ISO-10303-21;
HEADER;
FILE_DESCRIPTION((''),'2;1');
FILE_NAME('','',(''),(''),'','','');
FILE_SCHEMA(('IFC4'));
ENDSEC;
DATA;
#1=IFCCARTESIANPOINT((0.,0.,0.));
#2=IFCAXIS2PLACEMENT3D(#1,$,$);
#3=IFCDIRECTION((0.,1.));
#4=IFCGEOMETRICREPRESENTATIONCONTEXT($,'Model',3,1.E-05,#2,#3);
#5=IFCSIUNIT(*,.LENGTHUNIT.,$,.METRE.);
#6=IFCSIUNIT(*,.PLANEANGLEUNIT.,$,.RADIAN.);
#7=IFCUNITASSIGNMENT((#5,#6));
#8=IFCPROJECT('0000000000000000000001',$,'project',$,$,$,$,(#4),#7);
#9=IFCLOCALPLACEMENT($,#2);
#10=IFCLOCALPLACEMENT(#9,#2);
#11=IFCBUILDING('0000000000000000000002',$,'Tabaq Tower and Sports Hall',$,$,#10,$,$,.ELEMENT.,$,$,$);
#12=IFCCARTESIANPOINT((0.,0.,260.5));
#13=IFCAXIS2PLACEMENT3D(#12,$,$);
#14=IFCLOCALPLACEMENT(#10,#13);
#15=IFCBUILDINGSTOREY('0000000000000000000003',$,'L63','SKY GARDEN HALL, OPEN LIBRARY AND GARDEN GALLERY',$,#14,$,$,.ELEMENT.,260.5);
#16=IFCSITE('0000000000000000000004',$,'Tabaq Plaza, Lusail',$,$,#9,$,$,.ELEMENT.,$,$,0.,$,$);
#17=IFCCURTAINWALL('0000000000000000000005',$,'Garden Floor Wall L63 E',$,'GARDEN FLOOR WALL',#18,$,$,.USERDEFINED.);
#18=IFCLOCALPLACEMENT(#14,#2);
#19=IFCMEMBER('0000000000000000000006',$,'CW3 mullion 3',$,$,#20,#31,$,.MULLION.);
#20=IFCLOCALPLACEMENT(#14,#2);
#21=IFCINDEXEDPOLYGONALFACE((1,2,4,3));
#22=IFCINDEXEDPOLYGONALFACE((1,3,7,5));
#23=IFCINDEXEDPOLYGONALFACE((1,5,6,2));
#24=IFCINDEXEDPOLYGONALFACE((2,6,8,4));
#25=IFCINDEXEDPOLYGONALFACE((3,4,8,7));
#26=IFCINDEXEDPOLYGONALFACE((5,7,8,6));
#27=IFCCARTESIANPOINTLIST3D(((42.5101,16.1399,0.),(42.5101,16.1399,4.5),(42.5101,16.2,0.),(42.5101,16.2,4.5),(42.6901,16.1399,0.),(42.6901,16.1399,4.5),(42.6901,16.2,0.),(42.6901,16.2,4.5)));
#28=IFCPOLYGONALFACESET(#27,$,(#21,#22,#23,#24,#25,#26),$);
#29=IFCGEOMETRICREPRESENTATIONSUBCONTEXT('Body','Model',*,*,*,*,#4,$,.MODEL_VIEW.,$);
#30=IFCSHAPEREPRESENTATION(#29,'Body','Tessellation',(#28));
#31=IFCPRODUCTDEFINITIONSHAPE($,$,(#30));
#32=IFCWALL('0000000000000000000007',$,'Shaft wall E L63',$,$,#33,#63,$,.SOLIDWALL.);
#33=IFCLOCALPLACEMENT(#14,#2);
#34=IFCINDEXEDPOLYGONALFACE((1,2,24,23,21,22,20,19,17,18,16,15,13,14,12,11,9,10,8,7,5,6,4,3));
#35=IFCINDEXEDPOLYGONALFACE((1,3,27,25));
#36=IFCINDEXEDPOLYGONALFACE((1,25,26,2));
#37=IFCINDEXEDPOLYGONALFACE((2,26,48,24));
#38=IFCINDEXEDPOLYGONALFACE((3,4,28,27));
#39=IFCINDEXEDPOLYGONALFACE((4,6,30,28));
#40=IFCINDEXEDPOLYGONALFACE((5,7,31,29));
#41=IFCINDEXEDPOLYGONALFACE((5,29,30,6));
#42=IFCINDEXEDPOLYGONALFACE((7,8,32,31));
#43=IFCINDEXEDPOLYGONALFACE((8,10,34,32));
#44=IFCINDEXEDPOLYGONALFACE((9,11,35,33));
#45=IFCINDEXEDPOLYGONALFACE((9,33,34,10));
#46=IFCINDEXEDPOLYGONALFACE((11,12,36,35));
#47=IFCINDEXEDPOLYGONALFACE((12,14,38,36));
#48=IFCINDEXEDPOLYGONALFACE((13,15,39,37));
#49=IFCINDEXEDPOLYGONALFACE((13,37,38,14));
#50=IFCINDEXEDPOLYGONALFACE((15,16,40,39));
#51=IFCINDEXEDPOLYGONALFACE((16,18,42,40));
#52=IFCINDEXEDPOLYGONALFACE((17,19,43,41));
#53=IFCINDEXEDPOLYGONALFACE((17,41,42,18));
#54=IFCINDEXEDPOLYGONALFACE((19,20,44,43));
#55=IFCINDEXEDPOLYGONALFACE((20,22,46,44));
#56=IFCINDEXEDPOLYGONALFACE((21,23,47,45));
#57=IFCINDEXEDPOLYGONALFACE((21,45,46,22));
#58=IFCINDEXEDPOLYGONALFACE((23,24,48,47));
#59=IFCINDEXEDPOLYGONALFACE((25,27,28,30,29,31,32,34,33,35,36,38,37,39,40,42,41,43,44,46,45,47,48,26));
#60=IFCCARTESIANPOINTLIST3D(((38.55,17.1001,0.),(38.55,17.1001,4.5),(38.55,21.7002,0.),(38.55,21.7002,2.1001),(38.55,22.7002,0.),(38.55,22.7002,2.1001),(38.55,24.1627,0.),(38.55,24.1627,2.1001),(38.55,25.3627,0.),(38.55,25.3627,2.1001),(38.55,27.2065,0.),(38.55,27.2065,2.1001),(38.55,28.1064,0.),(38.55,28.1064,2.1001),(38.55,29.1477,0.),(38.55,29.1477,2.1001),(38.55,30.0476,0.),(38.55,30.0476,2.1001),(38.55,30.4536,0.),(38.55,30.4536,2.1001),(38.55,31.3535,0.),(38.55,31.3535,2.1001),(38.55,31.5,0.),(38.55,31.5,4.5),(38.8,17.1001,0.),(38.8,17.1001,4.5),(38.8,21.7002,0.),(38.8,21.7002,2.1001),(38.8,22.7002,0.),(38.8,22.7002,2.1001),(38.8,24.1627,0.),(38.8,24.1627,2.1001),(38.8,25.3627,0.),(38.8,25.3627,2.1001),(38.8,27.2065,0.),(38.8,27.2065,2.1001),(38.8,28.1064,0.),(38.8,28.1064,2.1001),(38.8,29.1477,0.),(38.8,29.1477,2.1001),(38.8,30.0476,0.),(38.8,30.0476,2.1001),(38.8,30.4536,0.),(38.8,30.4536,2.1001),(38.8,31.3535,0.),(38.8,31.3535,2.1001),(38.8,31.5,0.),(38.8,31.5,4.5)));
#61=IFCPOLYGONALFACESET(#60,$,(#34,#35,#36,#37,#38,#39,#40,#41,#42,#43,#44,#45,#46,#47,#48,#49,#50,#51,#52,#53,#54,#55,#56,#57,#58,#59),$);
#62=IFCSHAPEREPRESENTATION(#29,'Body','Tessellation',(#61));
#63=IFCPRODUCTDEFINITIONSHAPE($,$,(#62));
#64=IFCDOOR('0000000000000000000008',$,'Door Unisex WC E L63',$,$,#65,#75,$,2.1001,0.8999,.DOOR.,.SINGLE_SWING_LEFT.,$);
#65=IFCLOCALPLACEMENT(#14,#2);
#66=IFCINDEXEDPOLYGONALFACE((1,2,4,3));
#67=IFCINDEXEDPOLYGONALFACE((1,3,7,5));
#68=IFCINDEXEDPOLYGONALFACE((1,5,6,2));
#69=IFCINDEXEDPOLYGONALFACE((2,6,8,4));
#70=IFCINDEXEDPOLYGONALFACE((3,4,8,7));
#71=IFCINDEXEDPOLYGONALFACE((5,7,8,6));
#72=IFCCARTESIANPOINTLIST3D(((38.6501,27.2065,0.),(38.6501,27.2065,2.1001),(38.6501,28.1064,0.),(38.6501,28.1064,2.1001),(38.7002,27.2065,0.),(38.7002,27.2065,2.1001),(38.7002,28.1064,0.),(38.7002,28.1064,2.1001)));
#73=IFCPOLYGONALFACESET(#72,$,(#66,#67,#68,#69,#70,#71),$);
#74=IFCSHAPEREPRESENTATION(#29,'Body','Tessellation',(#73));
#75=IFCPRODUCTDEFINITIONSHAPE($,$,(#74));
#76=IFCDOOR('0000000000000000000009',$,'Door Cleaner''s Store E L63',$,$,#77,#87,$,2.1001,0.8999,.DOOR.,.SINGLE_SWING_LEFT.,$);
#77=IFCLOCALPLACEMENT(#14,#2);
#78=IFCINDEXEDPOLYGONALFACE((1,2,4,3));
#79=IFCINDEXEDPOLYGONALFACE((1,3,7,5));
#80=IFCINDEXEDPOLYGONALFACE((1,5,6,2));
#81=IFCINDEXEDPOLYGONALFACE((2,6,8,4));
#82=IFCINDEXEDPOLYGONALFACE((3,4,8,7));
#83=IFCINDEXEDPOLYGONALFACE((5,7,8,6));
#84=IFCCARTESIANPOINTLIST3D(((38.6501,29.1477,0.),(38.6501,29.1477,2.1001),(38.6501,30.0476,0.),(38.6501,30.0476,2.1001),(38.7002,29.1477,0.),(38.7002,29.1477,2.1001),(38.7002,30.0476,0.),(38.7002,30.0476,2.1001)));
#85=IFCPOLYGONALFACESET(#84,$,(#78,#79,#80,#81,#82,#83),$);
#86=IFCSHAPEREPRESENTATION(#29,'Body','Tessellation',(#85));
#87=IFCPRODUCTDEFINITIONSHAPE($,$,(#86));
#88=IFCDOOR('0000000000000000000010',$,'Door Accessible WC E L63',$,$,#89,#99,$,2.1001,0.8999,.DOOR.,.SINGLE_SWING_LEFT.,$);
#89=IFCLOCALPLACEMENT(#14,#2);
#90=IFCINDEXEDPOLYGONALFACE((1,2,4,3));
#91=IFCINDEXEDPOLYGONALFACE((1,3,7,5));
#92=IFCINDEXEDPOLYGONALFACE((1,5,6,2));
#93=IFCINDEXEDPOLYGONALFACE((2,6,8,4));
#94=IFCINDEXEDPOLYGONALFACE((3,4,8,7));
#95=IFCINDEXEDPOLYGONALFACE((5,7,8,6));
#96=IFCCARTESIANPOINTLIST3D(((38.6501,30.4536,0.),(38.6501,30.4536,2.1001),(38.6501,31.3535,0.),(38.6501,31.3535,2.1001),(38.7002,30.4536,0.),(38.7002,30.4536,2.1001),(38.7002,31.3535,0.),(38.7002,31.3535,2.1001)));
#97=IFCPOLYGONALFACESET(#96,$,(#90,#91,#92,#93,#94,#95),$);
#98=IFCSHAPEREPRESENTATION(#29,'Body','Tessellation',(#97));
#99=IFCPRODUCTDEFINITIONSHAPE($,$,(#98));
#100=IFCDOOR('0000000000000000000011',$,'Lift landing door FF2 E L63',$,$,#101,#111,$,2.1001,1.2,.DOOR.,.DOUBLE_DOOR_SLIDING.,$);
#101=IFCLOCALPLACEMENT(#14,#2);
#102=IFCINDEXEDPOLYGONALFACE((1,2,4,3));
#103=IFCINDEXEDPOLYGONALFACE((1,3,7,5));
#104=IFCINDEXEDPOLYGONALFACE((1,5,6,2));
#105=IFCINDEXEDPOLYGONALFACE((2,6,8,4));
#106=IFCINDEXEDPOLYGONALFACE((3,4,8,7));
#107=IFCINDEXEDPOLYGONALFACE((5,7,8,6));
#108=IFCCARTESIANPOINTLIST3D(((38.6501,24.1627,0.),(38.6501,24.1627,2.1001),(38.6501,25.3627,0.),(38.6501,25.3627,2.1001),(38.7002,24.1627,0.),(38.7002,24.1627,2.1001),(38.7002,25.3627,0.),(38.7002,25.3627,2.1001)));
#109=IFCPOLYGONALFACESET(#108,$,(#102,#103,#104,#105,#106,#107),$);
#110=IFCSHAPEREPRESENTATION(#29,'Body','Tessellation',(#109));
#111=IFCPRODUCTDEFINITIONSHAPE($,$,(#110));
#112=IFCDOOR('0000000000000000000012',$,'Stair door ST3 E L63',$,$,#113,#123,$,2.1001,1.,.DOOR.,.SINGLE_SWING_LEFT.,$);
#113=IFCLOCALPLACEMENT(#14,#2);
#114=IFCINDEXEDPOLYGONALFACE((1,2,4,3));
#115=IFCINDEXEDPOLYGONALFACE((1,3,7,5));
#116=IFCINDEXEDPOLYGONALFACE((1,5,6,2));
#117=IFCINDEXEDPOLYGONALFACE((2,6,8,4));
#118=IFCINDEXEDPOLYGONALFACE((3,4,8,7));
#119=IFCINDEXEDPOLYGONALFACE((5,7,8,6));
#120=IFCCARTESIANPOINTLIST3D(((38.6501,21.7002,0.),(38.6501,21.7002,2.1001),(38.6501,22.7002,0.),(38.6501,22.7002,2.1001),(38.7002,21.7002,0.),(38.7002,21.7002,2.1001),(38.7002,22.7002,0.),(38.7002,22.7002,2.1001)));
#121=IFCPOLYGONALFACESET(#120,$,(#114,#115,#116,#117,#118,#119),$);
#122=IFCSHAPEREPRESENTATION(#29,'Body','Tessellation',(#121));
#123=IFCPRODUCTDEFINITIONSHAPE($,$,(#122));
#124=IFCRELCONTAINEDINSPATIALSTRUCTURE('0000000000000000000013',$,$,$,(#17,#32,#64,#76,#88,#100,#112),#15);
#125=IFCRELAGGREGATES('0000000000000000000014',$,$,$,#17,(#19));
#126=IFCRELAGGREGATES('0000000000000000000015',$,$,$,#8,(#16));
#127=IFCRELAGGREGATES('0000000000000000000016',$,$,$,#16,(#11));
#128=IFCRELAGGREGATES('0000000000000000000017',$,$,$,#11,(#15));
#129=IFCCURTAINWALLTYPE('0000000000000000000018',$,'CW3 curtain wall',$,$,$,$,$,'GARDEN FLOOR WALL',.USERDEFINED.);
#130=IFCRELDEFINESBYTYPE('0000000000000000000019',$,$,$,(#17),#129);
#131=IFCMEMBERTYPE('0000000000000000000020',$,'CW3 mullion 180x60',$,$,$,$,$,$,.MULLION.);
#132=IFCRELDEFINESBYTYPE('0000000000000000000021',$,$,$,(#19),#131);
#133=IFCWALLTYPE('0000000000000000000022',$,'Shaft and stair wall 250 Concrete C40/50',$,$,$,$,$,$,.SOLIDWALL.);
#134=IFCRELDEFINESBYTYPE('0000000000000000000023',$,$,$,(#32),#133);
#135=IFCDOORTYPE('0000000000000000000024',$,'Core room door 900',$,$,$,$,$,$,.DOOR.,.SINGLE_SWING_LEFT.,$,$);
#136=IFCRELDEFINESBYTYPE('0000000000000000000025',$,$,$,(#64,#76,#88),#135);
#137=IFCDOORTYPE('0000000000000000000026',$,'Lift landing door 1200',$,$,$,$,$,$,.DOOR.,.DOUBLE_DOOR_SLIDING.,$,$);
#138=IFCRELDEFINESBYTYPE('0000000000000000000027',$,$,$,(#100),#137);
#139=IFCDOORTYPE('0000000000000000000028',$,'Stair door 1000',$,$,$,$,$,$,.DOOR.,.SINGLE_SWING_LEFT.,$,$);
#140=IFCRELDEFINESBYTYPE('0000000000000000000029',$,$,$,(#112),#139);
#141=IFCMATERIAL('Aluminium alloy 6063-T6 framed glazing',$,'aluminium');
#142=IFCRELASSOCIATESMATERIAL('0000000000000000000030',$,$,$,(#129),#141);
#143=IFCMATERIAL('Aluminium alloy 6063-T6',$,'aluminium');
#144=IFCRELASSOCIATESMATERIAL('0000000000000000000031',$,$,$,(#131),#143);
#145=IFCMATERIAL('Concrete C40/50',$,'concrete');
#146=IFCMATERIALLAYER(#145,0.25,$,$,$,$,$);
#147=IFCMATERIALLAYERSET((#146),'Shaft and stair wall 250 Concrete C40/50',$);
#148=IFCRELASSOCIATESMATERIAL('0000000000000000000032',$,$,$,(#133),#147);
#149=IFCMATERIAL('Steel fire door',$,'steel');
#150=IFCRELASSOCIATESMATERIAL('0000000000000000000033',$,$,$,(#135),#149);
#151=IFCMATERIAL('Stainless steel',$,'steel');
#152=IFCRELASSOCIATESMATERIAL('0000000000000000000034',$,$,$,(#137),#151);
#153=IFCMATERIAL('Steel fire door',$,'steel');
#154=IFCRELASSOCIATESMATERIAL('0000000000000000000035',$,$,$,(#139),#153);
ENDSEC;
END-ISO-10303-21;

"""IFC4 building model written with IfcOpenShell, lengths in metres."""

from ifc_helpers import new_model, si_unit, direction, frame, frame_2d, origin, origin_2d, place, context, subcontext, project, spatial, rectangle, extrude, material, layer, layer_set, material_profile, profile_set, type_object, element, fill, aggregate, save


model = new_model("IFC4")

# Units and contexts
model_context = context("Model", 3, precision=1e-05, world=origin(), true_north=direction((0.0, 1.0)))
body_context = subcontext(model_context, "Body", "Model", "MODEL_VIEW")
ifc_project = project(units=[si_unit("LENGTHUNIT", "METRE"), si_unit("PLANEANGLEUNIT", "RADIAN")], contexts=[model_context])

# Site, building, storey
site_placement = place(None, origin())
site = spatial("IfcSite", under=ifc_project, at=site_placement, Name="Tabaq Plaza, Lusail", CompositionType="ELEMENT", RefElevation=0.0)
building_placement = place(site_placement, origin())
building = spatial("IfcBuilding", under=site, at=building_placement, Name="Tabaq Tower and Sports Hall", CompositionType="ELEMENT")
storey_placement = place(building_placement, frame((0.0, 0.0, 260.5)))
storey = spatial("IfcBuildingStorey", under=building, at=storey_placement, Name="L63", Description="SKY GARDEN HALL, OPEN LIBRARY AND GARDEN GALLERY", CompositionType="ELEMENT", Elevation=260.5)

# Curtain wall, member
ifc_material_1 = material(Name="Aluminium alloy 6063-T6 framed glazing", Category="aluminium")
curtain_wall_type = type_object("IfcCurtainWallType", Name="CW3 curtain wall", ElementType="GARDEN FLOOR WALL", PredefinedType="USERDEFINED", material=ifc_material_1)
curtain_wall_placement = place(storey_placement, origin())
curtain_wall = element("IfcCurtainWall", 1, at=curtain_wall_placement, inside=storey, type_object=curtain_wall_type, Name="Garden Floor Wall L63 E", ObjectType="GARDEN FLOOR WALL", PredefinedType="USERDEFINED")
ifc_material_2 = material(Name="Aluminium alloy 6063-T6", Category="aluminium")
ifc_material_profile = material_profile(ifc_material_2, rectangle(XDim=0.1799, YDim=0.0601, at=origin_2d()), Name="MULLION 180x60")
ifc_profile_set = profile_set([ifc_material_profile], Name="Aluminium alloy 6063-T6")
member_type = type_object("IfcMemberType", Name="CW3 mullion 180x60", PredefinedType="MULLION", material=ifc_profile_set)
member_placement = place(storey_placement, frame((42.6001, 16.1699, 0.0), z_axis=(0.0, 0.0, 1.0), x_axis=(-1.0, 0.0, 0.0)))
member = element("IfcMember", 2, at=member_placement, type_object=member_type, Name="CW3 mullion 3", PredefinedType="MULLION", context=body_context, shape_type="SweptSolid", body=[
    extrude(rectangle(XDim=0.1799, YDim=0.0601, at=origin_2d()), origin(), (0.0, 0.0, 1.0), 4.5),
])
aggregate(curtain_wall, [member])

# Wall, openings, doors
ifc_material_3 = material(Name="Concrete C40/50", Category="concrete")
ifc_layer_1 = layer(ifc_material_3, 0.25)
ifc_layer_set_1 = layer_set([ifc_layer_1], Name="Shaft and stair wall 250 Concrete C40/50")
wall_type_1 = type_object("IfcWallType", Name="Shaft and stair wall 250 Concrete C40/50", PredefinedType="SOLIDWALL", material=ifc_layer_set_1)
wall_1_placement = place(storey_placement, frame((38.675, 17.1001, 0.0), z_axis=(0.0, 0.0, 1.0), x_axis=(0.0, 1.0, 0.0)))
wall_1 = element("IfcWall", 3, at=wall_1_placement, inside=storey, type_object=wall_type_1, Name="Shaft wall E L63", PredefinedType="SOLIDWALL", context=body_context, shape_type="SweptSolid", body=[
    extrude(rectangle(XDim=14.3999, YDim=0.25, at=frame_2d((7.2, 0.0))), origin(), (0.0, 0.0, 1.0), 4.5),
])
opening_1_placement = place(wall_1_placement, frame((4.6001, 0.0, 0.0)))
opening_1 = element("IfcOpeningElement", 4, at=opening_1_placement, cuts=wall_1, PredefinedType="OPENING", context=body_context, shape_type="SweptSolid", body=[
    extrude(rectangle(XDim=1.0, YDim=2.1001, at=frame_2d((0.5, 1.05))), frame((0.0, 0.125, 0.0), z_axis=(0.0, -1.0, 0.0), x_axis=(1.0, 0.0, 0.0)), (0.0, 0.0, 1.0), 0.25),
])
opening_2_placement = place(wall_1_placement, frame((7.0625, 0.0, 0.0)))
opening_2 = element("IfcOpeningElement", 5, at=opening_2_placement, cuts=wall_1, PredefinedType="OPENING", context=body_context, shape_type="SweptSolid", body=[
    extrude(rectangle(XDim=1.2, YDim=2.1001, at=frame_2d((0.6001, 1.05))), frame((0.0, 0.125, 0.0), z_axis=(0.0, -1.0, 0.0), x_axis=(1.0, 0.0, 0.0)), (0.0, 0.0, 1.0), 0.25),
])
opening_3_placement = place(wall_1_placement, frame((10.1064, 0.0, 0.0)))
opening_3 = element("IfcOpeningElement", 6, at=opening_3_placement, cuts=wall_1, PredefinedType="OPENING", context=body_context, shape_type="SweptSolid", body=[
    extrude(rectangle(XDim=0.8999, YDim=2.1001, at=frame_2d((0.45, 1.05))), frame((0.0, 0.125, 0.0), z_axis=(0.0, -1.0, 0.0), x_axis=(1.0, 0.0, 0.0)), (0.0, 0.0, 1.0), 0.25),
])
opening_4_placement = place(wall_1_placement, frame((12.0476, 0.0, 0.0)))
opening_4 = element("IfcOpeningElement", 7, at=opening_4_placement, cuts=wall_1, PredefinedType="OPENING", context=body_context, shape_type="SweptSolid", body=[
    extrude(rectangle(XDim=0.8999, YDim=2.1001, at=frame_2d((0.45, 1.05))), frame((0.0, 0.125, 0.0), z_axis=(0.0, -1.0, 0.0), x_axis=(1.0, 0.0, 0.0)), (0.0, 0.0, 1.0), 0.25),
])
opening_5_placement = place(wall_1_placement, frame((13.3535, 0.0, 0.0)))
opening_5 = element("IfcOpeningElement", 8, at=opening_5_placement, cuts=wall_1, PredefinedType="OPENING", context=body_context, shape_type="SweptSolid", body=[
    extrude(rectangle(XDim=0.8999, YDim=2.1001, at=frame_2d((0.45, 1.05))), frame((0.0, 0.125, 0.0), z_axis=(0.0, -1.0, 0.0), x_axis=(1.0, 0.0, 0.0)), (0.0, 0.0, 1.0), 0.25),
])
ifc_material_4 = material(Name="Steel fire door", Category="steel")
door_type_1 = type_object("IfcDoorType", Name="Core room door 900", OperationType="SINGLE_SWING_LEFT", PredefinedType="DOOR", material=ifc_material_4)
door_1_placement = place(opening_3_placement, origin())
door_1 = element("IfcDoor", 9, at=door_1_placement, inside=storey, type_object=door_type_1, Name="Door Unisex WC E L63", OperationType="SINGLE_SWING_LEFT", OverallHeight=2.1001, OverallWidth=0.8999, PredefinedType="DOOR", context=body_context, shape_type="SweptSolid", body=[
    extrude(rectangle(XDim=0.8999, YDim=2.1001, at=frame_2d((0.45, 1.05))), frame((0.0, 0.0249, 0.0), z_axis=(0.0, -1.0, 0.0), x_axis=(1.0, 0.0, 0.0)), (0.0, 0.0, 1.0), 0.05),
])
fill(opening_3, door_1)
door_2_placement = place(opening_4_placement, origin())
door_2 = element("IfcDoor", 10, at=door_2_placement, inside=storey, type_object=door_type_1, Name="Door Cleaner's Store E L63", OperationType="SINGLE_SWING_LEFT", OverallHeight=2.1001, OverallWidth=0.8999, PredefinedType="DOOR", context=body_context, shape_type="SweptSolid", body=[
    extrude(rectangle(XDim=0.8999, YDim=2.1001, at=frame_2d((0.45, 1.05))), frame((0.0, 0.0249, 0.0), z_axis=(0.0, -1.0, 0.0), x_axis=(1.0, 0.0, 0.0)), (0.0, 0.0, 1.0), 0.05),
])
fill(opening_4, door_2)
door_3_placement = place(opening_5_placement, origin())
door_3 = element("IfcDoor", 11, at=door_3_placement, inside=storey, type_object=door_type_1, Name="Door Accessible WC E L63", OperationType="SINGLE_SWING_LEFT", OverallHeight=2.1001, OverallWidth=0.8999, PredefinedType="DOOR", context=body_context, shape_type="SweptSolid", body=[
    extrude(rectangle(XDim=0.8999, YDim=2.1001, at=frame_2d((0.45, 1.05))), frame((0.0, 0.0249, 0.0), z_axis=(0.0, -1.0, 0.0), x_axis=(1.0, 0.0, 0.0)), (0.0, 0.0, 1.0), 0.05),
])
fill(opening_5, door_3)
ifc_material_5 = material(Name="Stainless steel", Category="steel")
door_type_2 = type_object("IfcDoorType", Name="Lift landing door 1200", OperationType="DOUBLE_DOOR_SLIDING", PredefinedType="DOOR", material=ifc_material_5)
door_4_placement = place(opening_2_placement, origin())
door_4 = element("IfcDoor", 12, at=door_4_placement, inside=storey, type_object=door_type_2, Name="Lift landing door FF2 E L63", OperationType="DOUBLE_DOOR_SLIDING", OverallHeight=2.1001, OverallWidth=1.2, PredefinedType="DOOR", context=body_context, shape_type="SweptSolid", body=[
    extrude(rectangle(XDim=1.2, YDim=2.1001, at=frame_2d((0.6001, 1.05))), frame((0.0, 0.0249, 0.0), z_axis=(0.0, -1.0, 0.0), x_axis=(1.0, 0.0, 0.0)), (0.0, 0.0, 1.0), 0.05),
])
fill(opening_2, door_4)
ifc_material_6 = material(Name="Steel fire door", Category="steel")
door_type_3 = type_object("IfcDoorType", Name="Stair door 1000", OperationType="SINGLE_SWING_LEFT", PredefinedType="DOOR", material=ifc_material_6)
door_5_placement = place(opening_1_placement, origin())
door_5 = element("IfcDoor", 13, at=door_5_placement, inside=storey, type_object=door_type_3, Name="Stair door ST3 E L63", OperationType="SINGLE_SWING_LEFT", OverallHeight=2.1001, OverallWidth=1.0, PredefinedType="DOOR", context=body_context, shape_type="SweptSolid", body=[
    extrude(rectangle(XDim=1.0, YDim=2.1001, at=frame_2d((0.5, 1.05))), frame((0.0, 0.0249, 0.0), z_axis=(0.0, -1.0, 0.0), x_axis=(1.0, 0.0, 0.0)), (0.0, 0.0, 1.0), 0.05),
])
fill(opening_1, door_5)

save(model, "model.ifc")
